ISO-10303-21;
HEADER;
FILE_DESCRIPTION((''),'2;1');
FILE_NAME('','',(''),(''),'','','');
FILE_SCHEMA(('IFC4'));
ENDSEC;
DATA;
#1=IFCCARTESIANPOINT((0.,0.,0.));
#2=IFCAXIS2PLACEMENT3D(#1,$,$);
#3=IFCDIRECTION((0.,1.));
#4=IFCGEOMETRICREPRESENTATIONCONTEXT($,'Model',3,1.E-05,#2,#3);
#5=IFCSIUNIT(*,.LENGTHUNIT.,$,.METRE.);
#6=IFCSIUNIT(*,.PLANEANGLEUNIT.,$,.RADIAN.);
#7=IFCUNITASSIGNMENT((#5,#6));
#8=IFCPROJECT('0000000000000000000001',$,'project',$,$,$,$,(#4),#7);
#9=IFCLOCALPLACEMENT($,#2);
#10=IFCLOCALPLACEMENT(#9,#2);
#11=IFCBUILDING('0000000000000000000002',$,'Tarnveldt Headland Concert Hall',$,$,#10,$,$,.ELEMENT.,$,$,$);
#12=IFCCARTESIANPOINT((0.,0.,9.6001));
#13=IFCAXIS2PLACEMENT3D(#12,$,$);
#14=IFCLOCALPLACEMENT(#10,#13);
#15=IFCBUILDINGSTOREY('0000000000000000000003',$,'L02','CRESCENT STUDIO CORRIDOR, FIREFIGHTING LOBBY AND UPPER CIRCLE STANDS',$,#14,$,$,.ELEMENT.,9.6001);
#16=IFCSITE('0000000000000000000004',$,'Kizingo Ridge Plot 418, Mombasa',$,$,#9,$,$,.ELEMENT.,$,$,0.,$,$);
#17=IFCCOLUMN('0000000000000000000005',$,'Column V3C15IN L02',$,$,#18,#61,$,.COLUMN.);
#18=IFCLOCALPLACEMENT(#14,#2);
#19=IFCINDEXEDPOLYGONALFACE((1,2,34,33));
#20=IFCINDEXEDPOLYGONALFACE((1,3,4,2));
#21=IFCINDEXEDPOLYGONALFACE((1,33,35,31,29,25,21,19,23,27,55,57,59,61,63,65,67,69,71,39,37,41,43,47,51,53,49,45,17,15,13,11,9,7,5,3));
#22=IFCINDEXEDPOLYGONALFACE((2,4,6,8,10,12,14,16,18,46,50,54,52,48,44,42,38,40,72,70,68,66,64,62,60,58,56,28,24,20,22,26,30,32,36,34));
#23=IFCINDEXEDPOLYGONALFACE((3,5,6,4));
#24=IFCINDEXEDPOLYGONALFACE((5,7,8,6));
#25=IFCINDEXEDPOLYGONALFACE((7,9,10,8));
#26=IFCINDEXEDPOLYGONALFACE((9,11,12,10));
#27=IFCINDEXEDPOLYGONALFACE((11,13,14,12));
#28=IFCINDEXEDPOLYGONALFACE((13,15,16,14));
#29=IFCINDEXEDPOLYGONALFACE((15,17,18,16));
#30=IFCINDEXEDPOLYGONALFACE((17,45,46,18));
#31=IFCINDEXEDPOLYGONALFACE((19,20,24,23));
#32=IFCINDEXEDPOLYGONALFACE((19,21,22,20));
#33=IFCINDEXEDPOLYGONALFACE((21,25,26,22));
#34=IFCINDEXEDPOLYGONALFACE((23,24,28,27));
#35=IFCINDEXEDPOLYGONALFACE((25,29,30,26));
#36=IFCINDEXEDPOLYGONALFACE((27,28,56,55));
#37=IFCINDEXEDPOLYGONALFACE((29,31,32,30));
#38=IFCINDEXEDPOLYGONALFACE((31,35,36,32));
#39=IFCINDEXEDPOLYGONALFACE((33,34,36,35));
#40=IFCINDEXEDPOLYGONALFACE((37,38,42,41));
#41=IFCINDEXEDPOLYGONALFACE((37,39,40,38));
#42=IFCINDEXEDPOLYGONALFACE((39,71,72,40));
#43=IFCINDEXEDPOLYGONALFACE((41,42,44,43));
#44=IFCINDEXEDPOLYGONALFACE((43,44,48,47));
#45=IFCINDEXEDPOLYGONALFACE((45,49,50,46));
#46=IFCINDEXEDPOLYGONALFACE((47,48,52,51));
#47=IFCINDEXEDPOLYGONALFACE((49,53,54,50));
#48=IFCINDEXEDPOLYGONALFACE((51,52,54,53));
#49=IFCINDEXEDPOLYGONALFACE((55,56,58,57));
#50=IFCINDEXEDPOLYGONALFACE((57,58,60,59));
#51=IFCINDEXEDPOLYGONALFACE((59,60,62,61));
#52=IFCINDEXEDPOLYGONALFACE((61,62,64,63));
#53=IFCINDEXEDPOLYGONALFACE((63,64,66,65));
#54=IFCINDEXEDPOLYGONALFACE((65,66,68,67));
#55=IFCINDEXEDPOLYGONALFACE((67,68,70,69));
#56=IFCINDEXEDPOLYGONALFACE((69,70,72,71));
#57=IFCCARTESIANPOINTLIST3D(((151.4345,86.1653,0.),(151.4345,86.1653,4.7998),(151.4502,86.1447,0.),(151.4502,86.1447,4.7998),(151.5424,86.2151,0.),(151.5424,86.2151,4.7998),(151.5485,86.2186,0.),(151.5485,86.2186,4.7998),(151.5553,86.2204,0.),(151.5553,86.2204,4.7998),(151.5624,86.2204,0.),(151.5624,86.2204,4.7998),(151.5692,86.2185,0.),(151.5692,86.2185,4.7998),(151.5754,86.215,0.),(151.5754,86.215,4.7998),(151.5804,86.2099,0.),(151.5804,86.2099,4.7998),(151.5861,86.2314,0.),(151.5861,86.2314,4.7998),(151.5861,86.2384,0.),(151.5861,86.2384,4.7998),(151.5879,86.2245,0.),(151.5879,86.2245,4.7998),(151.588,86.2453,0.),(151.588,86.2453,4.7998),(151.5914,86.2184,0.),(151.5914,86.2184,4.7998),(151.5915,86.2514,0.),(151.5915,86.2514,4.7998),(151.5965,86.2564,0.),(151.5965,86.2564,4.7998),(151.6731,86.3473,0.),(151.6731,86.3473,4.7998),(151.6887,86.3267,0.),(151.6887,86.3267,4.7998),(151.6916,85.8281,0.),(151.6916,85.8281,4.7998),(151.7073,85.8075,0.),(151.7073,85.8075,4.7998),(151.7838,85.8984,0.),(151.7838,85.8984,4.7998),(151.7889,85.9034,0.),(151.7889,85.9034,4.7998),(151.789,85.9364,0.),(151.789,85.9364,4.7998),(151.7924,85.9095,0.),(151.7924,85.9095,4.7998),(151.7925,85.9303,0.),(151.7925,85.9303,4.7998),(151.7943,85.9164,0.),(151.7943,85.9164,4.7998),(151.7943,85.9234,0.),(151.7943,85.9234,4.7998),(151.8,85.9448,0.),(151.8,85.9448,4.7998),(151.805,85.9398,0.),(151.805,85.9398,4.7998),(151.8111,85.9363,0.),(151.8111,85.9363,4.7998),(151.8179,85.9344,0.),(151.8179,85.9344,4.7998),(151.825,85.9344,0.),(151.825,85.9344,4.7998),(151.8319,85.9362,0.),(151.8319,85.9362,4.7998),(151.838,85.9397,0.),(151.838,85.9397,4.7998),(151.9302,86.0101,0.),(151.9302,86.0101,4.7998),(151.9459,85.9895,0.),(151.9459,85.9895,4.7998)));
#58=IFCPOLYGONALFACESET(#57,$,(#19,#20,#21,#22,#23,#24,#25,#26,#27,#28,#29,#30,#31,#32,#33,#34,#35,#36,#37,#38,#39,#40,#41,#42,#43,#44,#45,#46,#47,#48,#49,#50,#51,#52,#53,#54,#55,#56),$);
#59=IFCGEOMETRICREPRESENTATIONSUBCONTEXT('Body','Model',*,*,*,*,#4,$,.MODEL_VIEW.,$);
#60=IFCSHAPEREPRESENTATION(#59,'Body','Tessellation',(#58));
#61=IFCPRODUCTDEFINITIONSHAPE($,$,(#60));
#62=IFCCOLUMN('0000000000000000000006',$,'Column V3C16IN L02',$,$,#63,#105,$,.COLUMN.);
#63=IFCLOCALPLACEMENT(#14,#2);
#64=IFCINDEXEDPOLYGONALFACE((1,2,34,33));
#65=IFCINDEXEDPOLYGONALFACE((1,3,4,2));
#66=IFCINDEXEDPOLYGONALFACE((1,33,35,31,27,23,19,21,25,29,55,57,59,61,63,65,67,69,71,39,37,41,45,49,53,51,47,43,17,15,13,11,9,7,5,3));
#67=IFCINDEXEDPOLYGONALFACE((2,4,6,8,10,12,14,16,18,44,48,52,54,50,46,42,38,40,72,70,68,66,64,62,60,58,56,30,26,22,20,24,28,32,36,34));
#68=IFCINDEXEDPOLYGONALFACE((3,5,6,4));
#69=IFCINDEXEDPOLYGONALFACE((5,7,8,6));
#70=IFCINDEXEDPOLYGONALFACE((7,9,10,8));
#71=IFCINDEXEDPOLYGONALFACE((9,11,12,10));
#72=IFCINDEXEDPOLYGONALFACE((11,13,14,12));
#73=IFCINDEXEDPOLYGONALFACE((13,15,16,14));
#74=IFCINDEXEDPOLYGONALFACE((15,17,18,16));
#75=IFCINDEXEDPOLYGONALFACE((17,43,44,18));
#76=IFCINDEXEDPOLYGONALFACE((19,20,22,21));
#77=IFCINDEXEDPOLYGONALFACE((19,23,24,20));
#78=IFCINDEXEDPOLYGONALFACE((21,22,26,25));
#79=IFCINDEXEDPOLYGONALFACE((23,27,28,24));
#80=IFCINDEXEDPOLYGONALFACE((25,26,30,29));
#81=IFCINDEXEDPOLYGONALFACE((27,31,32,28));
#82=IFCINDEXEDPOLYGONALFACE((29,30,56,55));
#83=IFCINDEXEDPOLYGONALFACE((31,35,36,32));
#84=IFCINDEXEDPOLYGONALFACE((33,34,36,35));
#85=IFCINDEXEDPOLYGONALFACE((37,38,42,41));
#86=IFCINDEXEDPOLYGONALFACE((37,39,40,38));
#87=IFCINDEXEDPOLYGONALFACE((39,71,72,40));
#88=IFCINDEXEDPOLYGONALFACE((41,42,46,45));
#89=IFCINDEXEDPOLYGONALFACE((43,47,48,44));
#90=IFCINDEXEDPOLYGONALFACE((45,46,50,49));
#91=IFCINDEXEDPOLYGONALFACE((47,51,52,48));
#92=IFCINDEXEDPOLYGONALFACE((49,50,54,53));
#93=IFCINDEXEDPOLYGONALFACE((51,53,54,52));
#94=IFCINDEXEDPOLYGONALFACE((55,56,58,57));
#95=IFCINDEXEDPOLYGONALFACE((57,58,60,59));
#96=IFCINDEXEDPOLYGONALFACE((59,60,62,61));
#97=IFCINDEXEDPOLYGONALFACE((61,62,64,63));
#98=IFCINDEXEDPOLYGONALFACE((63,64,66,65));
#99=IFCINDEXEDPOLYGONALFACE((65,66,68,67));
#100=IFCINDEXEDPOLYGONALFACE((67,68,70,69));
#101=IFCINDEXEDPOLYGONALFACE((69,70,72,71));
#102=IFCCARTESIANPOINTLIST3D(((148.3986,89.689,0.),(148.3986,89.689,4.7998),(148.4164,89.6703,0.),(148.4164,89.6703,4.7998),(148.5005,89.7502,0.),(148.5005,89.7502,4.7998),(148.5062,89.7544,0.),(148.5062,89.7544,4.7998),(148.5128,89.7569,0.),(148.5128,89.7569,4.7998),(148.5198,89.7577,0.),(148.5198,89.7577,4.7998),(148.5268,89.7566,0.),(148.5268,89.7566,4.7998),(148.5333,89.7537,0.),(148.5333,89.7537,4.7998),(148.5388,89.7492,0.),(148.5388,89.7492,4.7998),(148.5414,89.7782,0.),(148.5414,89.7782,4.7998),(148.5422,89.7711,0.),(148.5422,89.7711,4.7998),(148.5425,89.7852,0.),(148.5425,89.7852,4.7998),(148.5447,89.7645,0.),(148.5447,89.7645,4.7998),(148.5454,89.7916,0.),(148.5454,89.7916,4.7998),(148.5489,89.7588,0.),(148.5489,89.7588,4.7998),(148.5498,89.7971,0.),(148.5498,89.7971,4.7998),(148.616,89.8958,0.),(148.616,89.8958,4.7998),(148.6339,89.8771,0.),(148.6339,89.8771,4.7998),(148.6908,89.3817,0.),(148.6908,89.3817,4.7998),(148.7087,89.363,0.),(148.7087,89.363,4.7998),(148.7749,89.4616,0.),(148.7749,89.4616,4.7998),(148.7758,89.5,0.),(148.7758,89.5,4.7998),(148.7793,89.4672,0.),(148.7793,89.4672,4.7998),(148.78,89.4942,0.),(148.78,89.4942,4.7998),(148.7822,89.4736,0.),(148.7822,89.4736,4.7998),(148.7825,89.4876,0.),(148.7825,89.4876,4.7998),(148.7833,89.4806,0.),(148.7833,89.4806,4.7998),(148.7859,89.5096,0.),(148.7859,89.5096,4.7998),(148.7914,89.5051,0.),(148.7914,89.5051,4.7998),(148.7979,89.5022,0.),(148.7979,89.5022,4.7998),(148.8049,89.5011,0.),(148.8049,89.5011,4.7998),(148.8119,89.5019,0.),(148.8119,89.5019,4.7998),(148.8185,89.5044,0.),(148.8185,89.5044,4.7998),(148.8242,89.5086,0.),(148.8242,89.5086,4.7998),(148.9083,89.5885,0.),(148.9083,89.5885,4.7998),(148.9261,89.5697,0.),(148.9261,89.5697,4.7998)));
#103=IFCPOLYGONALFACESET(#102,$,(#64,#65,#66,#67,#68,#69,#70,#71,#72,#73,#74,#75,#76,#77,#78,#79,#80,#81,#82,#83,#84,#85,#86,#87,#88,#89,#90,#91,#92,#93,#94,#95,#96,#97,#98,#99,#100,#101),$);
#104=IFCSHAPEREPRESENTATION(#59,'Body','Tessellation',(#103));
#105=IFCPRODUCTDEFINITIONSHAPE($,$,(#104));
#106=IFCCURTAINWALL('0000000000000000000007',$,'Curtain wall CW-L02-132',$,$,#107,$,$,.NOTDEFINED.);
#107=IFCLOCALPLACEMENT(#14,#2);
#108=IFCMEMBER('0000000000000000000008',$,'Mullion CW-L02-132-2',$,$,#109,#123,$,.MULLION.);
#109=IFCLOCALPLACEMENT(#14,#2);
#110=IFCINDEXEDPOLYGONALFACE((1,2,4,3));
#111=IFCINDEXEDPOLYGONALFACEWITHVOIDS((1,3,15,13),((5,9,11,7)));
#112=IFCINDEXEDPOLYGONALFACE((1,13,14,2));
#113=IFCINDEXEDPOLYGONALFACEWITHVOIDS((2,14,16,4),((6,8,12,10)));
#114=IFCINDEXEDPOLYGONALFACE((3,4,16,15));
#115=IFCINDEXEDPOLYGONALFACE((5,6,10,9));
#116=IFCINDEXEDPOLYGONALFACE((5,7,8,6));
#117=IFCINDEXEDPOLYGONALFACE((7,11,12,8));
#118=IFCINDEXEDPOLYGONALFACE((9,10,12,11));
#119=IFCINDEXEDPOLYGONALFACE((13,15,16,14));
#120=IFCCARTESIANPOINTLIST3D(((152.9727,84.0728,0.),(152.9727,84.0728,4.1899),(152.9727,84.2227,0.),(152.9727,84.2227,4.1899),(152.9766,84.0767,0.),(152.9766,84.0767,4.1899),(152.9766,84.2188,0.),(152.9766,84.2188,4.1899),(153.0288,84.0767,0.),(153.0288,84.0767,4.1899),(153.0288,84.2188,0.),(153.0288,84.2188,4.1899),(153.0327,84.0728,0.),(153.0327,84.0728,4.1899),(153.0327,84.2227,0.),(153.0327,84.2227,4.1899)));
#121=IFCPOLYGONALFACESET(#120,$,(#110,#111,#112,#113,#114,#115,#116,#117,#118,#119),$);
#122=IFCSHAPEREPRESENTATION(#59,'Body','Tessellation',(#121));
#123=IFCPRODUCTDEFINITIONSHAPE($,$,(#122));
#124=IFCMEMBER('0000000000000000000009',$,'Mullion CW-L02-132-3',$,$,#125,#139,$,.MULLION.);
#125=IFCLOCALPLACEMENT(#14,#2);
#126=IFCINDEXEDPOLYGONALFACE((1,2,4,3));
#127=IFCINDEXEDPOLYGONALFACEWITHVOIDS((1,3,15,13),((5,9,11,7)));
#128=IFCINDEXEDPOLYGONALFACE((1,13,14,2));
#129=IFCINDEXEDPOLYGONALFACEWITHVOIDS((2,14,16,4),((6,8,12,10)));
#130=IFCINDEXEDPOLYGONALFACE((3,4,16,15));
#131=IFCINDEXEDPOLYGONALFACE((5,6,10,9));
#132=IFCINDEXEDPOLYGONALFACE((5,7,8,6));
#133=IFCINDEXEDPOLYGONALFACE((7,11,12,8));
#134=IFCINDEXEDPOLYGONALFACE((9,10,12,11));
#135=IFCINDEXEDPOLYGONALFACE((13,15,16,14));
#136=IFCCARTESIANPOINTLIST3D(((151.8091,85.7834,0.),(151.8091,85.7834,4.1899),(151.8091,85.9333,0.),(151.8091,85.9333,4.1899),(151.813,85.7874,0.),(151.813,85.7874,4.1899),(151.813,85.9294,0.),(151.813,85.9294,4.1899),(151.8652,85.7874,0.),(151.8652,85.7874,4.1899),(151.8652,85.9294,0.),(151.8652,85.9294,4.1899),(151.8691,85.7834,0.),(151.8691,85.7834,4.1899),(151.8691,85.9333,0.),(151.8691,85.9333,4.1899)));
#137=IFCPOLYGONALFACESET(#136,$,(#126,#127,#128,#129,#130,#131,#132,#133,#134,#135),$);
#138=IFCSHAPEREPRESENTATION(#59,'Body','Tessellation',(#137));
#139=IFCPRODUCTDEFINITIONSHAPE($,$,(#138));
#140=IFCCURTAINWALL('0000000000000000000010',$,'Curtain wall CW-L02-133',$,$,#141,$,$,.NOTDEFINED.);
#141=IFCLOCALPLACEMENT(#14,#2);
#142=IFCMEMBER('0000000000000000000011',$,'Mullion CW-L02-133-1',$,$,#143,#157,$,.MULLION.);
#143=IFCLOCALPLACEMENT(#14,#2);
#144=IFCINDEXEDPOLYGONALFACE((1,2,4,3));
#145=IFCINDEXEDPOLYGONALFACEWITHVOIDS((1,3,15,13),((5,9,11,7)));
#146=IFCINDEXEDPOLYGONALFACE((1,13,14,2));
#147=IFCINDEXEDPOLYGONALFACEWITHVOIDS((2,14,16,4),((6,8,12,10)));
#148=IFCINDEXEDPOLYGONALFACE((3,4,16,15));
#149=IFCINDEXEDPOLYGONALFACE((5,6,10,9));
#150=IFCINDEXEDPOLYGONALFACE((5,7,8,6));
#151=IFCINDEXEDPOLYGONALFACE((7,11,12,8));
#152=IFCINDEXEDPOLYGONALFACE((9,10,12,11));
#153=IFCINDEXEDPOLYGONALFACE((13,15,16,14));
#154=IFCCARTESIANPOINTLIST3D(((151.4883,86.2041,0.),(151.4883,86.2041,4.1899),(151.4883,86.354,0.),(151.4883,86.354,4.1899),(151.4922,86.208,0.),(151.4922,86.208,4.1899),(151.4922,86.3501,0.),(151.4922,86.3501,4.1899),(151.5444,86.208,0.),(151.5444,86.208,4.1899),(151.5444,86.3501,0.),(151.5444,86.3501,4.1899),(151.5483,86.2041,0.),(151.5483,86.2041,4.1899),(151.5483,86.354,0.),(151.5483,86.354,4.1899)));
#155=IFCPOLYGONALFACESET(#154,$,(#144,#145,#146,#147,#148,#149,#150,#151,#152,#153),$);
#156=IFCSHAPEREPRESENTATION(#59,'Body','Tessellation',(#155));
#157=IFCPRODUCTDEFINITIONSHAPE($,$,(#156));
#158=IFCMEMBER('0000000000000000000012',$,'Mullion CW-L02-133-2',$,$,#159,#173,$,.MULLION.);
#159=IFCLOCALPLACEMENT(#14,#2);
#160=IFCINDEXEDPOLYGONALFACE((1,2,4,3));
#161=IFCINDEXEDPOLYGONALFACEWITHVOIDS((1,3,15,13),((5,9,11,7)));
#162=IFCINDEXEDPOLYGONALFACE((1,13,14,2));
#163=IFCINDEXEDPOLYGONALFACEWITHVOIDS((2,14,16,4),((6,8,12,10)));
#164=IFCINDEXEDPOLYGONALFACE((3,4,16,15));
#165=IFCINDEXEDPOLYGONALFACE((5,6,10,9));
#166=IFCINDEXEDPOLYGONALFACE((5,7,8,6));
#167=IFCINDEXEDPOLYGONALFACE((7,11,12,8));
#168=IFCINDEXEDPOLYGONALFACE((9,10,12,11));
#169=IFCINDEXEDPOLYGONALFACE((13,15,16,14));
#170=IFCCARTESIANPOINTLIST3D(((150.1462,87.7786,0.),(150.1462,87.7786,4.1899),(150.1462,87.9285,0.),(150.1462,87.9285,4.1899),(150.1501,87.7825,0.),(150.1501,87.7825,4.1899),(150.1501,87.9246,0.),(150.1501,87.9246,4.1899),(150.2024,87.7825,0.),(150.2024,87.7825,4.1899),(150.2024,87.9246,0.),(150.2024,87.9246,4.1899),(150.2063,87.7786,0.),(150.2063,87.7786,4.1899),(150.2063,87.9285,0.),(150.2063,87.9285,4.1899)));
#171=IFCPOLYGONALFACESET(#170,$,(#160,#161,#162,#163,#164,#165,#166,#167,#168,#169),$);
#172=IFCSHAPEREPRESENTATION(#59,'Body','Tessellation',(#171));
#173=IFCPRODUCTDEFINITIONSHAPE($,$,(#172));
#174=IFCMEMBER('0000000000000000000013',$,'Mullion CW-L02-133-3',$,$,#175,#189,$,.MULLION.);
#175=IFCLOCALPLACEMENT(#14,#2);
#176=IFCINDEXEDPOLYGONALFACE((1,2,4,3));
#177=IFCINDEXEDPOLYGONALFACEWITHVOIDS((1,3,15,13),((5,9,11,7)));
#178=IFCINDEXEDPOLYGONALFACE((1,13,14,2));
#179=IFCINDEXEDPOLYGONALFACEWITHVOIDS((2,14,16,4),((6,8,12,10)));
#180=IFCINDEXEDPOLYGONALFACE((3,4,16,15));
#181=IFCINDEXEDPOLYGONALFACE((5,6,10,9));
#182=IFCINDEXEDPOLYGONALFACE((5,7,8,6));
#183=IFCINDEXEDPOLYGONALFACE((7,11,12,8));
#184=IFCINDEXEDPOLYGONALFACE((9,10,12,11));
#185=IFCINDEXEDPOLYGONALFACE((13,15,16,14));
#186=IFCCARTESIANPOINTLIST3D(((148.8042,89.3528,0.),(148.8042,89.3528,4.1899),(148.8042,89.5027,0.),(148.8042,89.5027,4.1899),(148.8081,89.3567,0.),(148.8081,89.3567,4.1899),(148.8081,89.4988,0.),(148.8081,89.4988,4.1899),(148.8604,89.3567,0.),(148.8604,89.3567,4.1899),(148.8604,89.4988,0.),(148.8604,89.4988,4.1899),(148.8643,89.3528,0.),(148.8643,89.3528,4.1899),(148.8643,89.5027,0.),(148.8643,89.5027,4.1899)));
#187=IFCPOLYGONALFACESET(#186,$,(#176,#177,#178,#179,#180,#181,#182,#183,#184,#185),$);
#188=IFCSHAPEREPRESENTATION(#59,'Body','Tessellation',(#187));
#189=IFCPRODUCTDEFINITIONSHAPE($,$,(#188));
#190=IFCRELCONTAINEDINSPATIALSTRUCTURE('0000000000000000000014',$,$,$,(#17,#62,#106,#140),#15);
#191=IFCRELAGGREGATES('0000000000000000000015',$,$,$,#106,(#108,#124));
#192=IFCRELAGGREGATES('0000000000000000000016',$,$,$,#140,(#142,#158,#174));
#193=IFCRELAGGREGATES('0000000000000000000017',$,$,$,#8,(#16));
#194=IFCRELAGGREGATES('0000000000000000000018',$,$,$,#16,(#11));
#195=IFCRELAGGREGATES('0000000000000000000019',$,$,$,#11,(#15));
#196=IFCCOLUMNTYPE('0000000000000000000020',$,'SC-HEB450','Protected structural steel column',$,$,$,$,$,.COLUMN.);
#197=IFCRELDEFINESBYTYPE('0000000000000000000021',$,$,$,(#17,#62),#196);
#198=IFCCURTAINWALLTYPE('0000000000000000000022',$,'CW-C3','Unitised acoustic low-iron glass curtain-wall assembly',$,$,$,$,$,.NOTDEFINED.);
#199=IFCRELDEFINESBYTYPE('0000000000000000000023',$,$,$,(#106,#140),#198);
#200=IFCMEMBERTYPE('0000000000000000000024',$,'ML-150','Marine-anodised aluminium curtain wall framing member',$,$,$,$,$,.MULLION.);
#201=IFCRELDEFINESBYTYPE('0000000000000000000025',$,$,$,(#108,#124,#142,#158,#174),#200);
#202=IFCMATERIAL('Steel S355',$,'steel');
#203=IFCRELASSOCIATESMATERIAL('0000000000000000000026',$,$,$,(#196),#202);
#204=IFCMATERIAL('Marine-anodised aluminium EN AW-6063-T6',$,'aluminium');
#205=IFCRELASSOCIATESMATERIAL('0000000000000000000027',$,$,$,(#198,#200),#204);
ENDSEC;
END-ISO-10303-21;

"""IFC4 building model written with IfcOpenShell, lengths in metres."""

from ifc_helpers import new_model, si_unit, direction, frame, origin, origin_2d, place, context, subcontext, project, spatial, hollow_rectangle, i_section, extrude, material, material_profile, profile_set, type_object, element, aggregate, save


model = new_model("IFC4")

# Units and contexts
model_context = context("Model", 3, precision=1e-05, world=origin(), true_north=direction((0.0, 1.0)))
body_context = subcontext(model_context, "Body", "Model", "MODEL_VIEW")
ifc_project = project(units=[si_unit("LENGTHUNIT", "METRE"), si_unit("PLANEANGLEUNIT", "RADIAN")], contexts=[model_context])

# Site, building, storey
site_placement = place(None, origin())
site = spatial("IfcSite", under=ifc_project, at=site_placement, Name="Kizingo Ridge Plot 418, Mombasa", CompositionType="ELEMENT", RefElevation=0.0)
building_placement = place(site_placement, origin())
building = spatial("IfcBuilding", under=site, at=building_placement, Name="Tarnveldt Headland Concert Hall", CompositionType="ELEMENT")
storey_placement = place(building_placement, frame((0.0, 0.0, 9.6001)))
storey = spatial("IfcBuildingStorey", under=building, at=storey_placement, Name="L02", Description="CRESCENT STUDIO CORRIDOR, FIREFIGHTING LOBBY AND UPPER CIRCLE STANDS", CompositionType="ELEMENT", Elevation=9.6001)

# Columns
ifc_material_1 = material(Name="Steel S355", Category="steel")
ifc_material_profile_1 = material_profile(ifc_material_1, i_section(OverallWidth=0.3, OverallDepth=0.45, WebThickness=0.0139, FlangeThickness=0.0259, FilletRadius=0.0271, at=origin_2d()), Name="HEB450", Category="steel")
ifc_profile_set_1 = profile_set([ifc_material_profile_1], Name="Steel S355")
column_type = type_object("IfcColumnType", Name="SC-HEB450", Description="Protected structural steel column", PredefinedType="COLUMN", material=ifc_profile_set_1)
for number, where, z_axis, x_axis, name in (
    (1, (151.6902, 86.0774, 0.0), (0.0, 0.0, 1.0), (0.795156, 0.606405, 0.0), "Column V3C15IN L02"),
    (2, (148.6624, 89.6294, 0.0), (0.0, 0.0, 1.0), (0.724653, 0.689114, 0.0), "Column V3C16IN L02"),
):
    element("IfcColumn", number, at=place(storey_placement, frame(where, z_axis=z_axis, x_axis=x_axis)), inside=storey, type_object=column_type, Name=name, PredefinedType="COLUMN", context=body_context, shape_type="SweptSolid", body=[
        extrude(i_section(OverallWidth=0.3, OverallDepth=0.45, WebThickness=0.0139, FlangeThickness=0.0259, FilletRadius=0.0271, at=origin_2d()), origin(), (0.0, 0.0, 1.0), 4.7998),
    ])

# Curtain walls, members
ifc_material_2 = material(Name="Marine-anodised aluminium EN AW-6063-T6", Category="aluminium")
curtain_wall_type_1 = type_object("IfcCurtainWallType", Name="CW-C3", Description="Unitised acoustic low-iron glass curtain-wall assembly", PredefinedType="NOTDEFINED", material=ifc_material_2)
curtain_wall_1_placement = place(storey_placement, origin())
curtain_wall_1 = element("IfcCurtainWall", 3, at=curtain_wall_1_placement, inside=storey, type_object=curtain_wall_type_1, Name="Curtain wall CW-L02-132", PredefinedType="NOTDEFINED")
ifc_material_profile_2 = material_profile(ifc_material_2, hollow_rectangle(XDim=0.0601, YDim=0.1499, WallThickness=0.0039, at=origin_2d()), Name="ALU MULLION 60x150x4", Category="aluminium")
ifc_profile_set_2 = profile_set([ifc_material_profile_2], Name="Marine-anodised aluminium EN AW-6063-T6")
member_type_1 = type_object("IfcMemberType", Name="ML-150", Description="Marine-anodised aluminium curtain wall framing member", PredefinedType="MULLION", material=ifc_profile_set_2)
member_1_placement = place(storey_placement, frame((153.0027, 84.1477, 0.0), z_axis=(0.0, 0.0, 1.0), x_axis=(1.0, 0.0, 0.0)))
member_1 = element("IfcMember", 4, at=member_1_placement, type_object=member_type_1, Name="Mullion CW-L02-132-2", PredefinedType="MULLION", context=body_context, shape_type="SweptSolid", body=[
    extrude(hollow_rectangle(XDim=0.0601, YDim=0.1499, WallThickness=0.0039, at=origin_2d()), origin(), (0.0, 0.0, 1.0), 4.1899),
])
member_2_placement = place(storey_placement, frame((151.8391, 85.8584, 0.0), z_axis=(0.0, 0.0, 1.0), x_axis=(1.0, 0.0, 0.0)))
member_2 = element("IfcMember", 5, at=member_2_placement, type_object=member_type_1, Name="Mullion CW-L02-132-3", PredefinedType="MULLION", context=body_context, shape_type="SweptSolid", body=[
    extrude(hollow_rectangle(XDim=0.0601, YDim=0.1499, WallThickness=0.0039, at=origin_2d()), origin(), (0.0, 0.0, 1.0), 4.1899),
])
curtain_wall_2_placement = place(storey_placement, origin())
curtain_wall_2 = element("IfcCurtainWall", 6, at=curtain_wall_2_placement, inside=storey, type_object=curtain_wall_type_1, Name="Curtain wall CW-L02-133", PredefinedType="NOTDEFINED")
member_3_placement = place(storey_placement, frame((151.5183, 86.2791, 0.0), z_axis=(0.0, 0.0, 1.0), x_axis=(1.0, 0.0, 0.0)))
member_3 = element("IfcMember", 7, at=member_3_placement, type_object=member_type_1, Name="Mullion CW-L02-133-1", PredefinedType="MULLION", context=body_context, shape_type="SweptSolid", body=[
    extrude(hollow_rectangle(XDim=0.0601, YDim=0.1499, WallThickness=0.0039, at=origin_2d()), origin(), (0.0, 0.0, 1.0), 4.1899),
])
member_4_placement = place(storey_placement, frame((150.1763, 87.8535, 0.0), z_axis=(0.0, 0.0, 1.0), x_axis=(1.0, 0.0, 0.0)))
member_4 = element("IfcMember", 8, at=member_4_placement, type_object=member_type_1, Name="Mullion CW-L02-133-2", PredefinedType="MULLION", context=body_context, shape_type="SweptSolid", body=[
    extrude(hollow_rectangle(XDim=0.0601, YDim=0.1499, WallThickness=0.0039, at=origin_2d()), origin(), (0.0, 0.0, 1.0), 4.1899),
])
member_5_placement = place(storey_placement, frame((148.8342, 89.4277, 0.0), z_axis=(0.0, 0.0, 1.0), x_axis=(1.0, 0.0, 0.0)))
member_5 = element("IfcMember", 9, at=member_5_placement, type_object=member_type_1, Name="Mullion CW-L02-133-3", PredefinedType="MULLION", context=body_context, shape_type="SweptSolid", body=[
    extrude(hollow_rectangle(XDim=0.0601, YDim=0.1499, WallThickness=0.0039, at=origin_2d()), origin(), (0.0, 0.0, 1.0), 4.1899),
])

aggregate(curtain_wall_1, [member_1, member_2])
aggregate(curtain_wall_2, [member_3, member_4, member_5])

save(model, "model.ifc")
